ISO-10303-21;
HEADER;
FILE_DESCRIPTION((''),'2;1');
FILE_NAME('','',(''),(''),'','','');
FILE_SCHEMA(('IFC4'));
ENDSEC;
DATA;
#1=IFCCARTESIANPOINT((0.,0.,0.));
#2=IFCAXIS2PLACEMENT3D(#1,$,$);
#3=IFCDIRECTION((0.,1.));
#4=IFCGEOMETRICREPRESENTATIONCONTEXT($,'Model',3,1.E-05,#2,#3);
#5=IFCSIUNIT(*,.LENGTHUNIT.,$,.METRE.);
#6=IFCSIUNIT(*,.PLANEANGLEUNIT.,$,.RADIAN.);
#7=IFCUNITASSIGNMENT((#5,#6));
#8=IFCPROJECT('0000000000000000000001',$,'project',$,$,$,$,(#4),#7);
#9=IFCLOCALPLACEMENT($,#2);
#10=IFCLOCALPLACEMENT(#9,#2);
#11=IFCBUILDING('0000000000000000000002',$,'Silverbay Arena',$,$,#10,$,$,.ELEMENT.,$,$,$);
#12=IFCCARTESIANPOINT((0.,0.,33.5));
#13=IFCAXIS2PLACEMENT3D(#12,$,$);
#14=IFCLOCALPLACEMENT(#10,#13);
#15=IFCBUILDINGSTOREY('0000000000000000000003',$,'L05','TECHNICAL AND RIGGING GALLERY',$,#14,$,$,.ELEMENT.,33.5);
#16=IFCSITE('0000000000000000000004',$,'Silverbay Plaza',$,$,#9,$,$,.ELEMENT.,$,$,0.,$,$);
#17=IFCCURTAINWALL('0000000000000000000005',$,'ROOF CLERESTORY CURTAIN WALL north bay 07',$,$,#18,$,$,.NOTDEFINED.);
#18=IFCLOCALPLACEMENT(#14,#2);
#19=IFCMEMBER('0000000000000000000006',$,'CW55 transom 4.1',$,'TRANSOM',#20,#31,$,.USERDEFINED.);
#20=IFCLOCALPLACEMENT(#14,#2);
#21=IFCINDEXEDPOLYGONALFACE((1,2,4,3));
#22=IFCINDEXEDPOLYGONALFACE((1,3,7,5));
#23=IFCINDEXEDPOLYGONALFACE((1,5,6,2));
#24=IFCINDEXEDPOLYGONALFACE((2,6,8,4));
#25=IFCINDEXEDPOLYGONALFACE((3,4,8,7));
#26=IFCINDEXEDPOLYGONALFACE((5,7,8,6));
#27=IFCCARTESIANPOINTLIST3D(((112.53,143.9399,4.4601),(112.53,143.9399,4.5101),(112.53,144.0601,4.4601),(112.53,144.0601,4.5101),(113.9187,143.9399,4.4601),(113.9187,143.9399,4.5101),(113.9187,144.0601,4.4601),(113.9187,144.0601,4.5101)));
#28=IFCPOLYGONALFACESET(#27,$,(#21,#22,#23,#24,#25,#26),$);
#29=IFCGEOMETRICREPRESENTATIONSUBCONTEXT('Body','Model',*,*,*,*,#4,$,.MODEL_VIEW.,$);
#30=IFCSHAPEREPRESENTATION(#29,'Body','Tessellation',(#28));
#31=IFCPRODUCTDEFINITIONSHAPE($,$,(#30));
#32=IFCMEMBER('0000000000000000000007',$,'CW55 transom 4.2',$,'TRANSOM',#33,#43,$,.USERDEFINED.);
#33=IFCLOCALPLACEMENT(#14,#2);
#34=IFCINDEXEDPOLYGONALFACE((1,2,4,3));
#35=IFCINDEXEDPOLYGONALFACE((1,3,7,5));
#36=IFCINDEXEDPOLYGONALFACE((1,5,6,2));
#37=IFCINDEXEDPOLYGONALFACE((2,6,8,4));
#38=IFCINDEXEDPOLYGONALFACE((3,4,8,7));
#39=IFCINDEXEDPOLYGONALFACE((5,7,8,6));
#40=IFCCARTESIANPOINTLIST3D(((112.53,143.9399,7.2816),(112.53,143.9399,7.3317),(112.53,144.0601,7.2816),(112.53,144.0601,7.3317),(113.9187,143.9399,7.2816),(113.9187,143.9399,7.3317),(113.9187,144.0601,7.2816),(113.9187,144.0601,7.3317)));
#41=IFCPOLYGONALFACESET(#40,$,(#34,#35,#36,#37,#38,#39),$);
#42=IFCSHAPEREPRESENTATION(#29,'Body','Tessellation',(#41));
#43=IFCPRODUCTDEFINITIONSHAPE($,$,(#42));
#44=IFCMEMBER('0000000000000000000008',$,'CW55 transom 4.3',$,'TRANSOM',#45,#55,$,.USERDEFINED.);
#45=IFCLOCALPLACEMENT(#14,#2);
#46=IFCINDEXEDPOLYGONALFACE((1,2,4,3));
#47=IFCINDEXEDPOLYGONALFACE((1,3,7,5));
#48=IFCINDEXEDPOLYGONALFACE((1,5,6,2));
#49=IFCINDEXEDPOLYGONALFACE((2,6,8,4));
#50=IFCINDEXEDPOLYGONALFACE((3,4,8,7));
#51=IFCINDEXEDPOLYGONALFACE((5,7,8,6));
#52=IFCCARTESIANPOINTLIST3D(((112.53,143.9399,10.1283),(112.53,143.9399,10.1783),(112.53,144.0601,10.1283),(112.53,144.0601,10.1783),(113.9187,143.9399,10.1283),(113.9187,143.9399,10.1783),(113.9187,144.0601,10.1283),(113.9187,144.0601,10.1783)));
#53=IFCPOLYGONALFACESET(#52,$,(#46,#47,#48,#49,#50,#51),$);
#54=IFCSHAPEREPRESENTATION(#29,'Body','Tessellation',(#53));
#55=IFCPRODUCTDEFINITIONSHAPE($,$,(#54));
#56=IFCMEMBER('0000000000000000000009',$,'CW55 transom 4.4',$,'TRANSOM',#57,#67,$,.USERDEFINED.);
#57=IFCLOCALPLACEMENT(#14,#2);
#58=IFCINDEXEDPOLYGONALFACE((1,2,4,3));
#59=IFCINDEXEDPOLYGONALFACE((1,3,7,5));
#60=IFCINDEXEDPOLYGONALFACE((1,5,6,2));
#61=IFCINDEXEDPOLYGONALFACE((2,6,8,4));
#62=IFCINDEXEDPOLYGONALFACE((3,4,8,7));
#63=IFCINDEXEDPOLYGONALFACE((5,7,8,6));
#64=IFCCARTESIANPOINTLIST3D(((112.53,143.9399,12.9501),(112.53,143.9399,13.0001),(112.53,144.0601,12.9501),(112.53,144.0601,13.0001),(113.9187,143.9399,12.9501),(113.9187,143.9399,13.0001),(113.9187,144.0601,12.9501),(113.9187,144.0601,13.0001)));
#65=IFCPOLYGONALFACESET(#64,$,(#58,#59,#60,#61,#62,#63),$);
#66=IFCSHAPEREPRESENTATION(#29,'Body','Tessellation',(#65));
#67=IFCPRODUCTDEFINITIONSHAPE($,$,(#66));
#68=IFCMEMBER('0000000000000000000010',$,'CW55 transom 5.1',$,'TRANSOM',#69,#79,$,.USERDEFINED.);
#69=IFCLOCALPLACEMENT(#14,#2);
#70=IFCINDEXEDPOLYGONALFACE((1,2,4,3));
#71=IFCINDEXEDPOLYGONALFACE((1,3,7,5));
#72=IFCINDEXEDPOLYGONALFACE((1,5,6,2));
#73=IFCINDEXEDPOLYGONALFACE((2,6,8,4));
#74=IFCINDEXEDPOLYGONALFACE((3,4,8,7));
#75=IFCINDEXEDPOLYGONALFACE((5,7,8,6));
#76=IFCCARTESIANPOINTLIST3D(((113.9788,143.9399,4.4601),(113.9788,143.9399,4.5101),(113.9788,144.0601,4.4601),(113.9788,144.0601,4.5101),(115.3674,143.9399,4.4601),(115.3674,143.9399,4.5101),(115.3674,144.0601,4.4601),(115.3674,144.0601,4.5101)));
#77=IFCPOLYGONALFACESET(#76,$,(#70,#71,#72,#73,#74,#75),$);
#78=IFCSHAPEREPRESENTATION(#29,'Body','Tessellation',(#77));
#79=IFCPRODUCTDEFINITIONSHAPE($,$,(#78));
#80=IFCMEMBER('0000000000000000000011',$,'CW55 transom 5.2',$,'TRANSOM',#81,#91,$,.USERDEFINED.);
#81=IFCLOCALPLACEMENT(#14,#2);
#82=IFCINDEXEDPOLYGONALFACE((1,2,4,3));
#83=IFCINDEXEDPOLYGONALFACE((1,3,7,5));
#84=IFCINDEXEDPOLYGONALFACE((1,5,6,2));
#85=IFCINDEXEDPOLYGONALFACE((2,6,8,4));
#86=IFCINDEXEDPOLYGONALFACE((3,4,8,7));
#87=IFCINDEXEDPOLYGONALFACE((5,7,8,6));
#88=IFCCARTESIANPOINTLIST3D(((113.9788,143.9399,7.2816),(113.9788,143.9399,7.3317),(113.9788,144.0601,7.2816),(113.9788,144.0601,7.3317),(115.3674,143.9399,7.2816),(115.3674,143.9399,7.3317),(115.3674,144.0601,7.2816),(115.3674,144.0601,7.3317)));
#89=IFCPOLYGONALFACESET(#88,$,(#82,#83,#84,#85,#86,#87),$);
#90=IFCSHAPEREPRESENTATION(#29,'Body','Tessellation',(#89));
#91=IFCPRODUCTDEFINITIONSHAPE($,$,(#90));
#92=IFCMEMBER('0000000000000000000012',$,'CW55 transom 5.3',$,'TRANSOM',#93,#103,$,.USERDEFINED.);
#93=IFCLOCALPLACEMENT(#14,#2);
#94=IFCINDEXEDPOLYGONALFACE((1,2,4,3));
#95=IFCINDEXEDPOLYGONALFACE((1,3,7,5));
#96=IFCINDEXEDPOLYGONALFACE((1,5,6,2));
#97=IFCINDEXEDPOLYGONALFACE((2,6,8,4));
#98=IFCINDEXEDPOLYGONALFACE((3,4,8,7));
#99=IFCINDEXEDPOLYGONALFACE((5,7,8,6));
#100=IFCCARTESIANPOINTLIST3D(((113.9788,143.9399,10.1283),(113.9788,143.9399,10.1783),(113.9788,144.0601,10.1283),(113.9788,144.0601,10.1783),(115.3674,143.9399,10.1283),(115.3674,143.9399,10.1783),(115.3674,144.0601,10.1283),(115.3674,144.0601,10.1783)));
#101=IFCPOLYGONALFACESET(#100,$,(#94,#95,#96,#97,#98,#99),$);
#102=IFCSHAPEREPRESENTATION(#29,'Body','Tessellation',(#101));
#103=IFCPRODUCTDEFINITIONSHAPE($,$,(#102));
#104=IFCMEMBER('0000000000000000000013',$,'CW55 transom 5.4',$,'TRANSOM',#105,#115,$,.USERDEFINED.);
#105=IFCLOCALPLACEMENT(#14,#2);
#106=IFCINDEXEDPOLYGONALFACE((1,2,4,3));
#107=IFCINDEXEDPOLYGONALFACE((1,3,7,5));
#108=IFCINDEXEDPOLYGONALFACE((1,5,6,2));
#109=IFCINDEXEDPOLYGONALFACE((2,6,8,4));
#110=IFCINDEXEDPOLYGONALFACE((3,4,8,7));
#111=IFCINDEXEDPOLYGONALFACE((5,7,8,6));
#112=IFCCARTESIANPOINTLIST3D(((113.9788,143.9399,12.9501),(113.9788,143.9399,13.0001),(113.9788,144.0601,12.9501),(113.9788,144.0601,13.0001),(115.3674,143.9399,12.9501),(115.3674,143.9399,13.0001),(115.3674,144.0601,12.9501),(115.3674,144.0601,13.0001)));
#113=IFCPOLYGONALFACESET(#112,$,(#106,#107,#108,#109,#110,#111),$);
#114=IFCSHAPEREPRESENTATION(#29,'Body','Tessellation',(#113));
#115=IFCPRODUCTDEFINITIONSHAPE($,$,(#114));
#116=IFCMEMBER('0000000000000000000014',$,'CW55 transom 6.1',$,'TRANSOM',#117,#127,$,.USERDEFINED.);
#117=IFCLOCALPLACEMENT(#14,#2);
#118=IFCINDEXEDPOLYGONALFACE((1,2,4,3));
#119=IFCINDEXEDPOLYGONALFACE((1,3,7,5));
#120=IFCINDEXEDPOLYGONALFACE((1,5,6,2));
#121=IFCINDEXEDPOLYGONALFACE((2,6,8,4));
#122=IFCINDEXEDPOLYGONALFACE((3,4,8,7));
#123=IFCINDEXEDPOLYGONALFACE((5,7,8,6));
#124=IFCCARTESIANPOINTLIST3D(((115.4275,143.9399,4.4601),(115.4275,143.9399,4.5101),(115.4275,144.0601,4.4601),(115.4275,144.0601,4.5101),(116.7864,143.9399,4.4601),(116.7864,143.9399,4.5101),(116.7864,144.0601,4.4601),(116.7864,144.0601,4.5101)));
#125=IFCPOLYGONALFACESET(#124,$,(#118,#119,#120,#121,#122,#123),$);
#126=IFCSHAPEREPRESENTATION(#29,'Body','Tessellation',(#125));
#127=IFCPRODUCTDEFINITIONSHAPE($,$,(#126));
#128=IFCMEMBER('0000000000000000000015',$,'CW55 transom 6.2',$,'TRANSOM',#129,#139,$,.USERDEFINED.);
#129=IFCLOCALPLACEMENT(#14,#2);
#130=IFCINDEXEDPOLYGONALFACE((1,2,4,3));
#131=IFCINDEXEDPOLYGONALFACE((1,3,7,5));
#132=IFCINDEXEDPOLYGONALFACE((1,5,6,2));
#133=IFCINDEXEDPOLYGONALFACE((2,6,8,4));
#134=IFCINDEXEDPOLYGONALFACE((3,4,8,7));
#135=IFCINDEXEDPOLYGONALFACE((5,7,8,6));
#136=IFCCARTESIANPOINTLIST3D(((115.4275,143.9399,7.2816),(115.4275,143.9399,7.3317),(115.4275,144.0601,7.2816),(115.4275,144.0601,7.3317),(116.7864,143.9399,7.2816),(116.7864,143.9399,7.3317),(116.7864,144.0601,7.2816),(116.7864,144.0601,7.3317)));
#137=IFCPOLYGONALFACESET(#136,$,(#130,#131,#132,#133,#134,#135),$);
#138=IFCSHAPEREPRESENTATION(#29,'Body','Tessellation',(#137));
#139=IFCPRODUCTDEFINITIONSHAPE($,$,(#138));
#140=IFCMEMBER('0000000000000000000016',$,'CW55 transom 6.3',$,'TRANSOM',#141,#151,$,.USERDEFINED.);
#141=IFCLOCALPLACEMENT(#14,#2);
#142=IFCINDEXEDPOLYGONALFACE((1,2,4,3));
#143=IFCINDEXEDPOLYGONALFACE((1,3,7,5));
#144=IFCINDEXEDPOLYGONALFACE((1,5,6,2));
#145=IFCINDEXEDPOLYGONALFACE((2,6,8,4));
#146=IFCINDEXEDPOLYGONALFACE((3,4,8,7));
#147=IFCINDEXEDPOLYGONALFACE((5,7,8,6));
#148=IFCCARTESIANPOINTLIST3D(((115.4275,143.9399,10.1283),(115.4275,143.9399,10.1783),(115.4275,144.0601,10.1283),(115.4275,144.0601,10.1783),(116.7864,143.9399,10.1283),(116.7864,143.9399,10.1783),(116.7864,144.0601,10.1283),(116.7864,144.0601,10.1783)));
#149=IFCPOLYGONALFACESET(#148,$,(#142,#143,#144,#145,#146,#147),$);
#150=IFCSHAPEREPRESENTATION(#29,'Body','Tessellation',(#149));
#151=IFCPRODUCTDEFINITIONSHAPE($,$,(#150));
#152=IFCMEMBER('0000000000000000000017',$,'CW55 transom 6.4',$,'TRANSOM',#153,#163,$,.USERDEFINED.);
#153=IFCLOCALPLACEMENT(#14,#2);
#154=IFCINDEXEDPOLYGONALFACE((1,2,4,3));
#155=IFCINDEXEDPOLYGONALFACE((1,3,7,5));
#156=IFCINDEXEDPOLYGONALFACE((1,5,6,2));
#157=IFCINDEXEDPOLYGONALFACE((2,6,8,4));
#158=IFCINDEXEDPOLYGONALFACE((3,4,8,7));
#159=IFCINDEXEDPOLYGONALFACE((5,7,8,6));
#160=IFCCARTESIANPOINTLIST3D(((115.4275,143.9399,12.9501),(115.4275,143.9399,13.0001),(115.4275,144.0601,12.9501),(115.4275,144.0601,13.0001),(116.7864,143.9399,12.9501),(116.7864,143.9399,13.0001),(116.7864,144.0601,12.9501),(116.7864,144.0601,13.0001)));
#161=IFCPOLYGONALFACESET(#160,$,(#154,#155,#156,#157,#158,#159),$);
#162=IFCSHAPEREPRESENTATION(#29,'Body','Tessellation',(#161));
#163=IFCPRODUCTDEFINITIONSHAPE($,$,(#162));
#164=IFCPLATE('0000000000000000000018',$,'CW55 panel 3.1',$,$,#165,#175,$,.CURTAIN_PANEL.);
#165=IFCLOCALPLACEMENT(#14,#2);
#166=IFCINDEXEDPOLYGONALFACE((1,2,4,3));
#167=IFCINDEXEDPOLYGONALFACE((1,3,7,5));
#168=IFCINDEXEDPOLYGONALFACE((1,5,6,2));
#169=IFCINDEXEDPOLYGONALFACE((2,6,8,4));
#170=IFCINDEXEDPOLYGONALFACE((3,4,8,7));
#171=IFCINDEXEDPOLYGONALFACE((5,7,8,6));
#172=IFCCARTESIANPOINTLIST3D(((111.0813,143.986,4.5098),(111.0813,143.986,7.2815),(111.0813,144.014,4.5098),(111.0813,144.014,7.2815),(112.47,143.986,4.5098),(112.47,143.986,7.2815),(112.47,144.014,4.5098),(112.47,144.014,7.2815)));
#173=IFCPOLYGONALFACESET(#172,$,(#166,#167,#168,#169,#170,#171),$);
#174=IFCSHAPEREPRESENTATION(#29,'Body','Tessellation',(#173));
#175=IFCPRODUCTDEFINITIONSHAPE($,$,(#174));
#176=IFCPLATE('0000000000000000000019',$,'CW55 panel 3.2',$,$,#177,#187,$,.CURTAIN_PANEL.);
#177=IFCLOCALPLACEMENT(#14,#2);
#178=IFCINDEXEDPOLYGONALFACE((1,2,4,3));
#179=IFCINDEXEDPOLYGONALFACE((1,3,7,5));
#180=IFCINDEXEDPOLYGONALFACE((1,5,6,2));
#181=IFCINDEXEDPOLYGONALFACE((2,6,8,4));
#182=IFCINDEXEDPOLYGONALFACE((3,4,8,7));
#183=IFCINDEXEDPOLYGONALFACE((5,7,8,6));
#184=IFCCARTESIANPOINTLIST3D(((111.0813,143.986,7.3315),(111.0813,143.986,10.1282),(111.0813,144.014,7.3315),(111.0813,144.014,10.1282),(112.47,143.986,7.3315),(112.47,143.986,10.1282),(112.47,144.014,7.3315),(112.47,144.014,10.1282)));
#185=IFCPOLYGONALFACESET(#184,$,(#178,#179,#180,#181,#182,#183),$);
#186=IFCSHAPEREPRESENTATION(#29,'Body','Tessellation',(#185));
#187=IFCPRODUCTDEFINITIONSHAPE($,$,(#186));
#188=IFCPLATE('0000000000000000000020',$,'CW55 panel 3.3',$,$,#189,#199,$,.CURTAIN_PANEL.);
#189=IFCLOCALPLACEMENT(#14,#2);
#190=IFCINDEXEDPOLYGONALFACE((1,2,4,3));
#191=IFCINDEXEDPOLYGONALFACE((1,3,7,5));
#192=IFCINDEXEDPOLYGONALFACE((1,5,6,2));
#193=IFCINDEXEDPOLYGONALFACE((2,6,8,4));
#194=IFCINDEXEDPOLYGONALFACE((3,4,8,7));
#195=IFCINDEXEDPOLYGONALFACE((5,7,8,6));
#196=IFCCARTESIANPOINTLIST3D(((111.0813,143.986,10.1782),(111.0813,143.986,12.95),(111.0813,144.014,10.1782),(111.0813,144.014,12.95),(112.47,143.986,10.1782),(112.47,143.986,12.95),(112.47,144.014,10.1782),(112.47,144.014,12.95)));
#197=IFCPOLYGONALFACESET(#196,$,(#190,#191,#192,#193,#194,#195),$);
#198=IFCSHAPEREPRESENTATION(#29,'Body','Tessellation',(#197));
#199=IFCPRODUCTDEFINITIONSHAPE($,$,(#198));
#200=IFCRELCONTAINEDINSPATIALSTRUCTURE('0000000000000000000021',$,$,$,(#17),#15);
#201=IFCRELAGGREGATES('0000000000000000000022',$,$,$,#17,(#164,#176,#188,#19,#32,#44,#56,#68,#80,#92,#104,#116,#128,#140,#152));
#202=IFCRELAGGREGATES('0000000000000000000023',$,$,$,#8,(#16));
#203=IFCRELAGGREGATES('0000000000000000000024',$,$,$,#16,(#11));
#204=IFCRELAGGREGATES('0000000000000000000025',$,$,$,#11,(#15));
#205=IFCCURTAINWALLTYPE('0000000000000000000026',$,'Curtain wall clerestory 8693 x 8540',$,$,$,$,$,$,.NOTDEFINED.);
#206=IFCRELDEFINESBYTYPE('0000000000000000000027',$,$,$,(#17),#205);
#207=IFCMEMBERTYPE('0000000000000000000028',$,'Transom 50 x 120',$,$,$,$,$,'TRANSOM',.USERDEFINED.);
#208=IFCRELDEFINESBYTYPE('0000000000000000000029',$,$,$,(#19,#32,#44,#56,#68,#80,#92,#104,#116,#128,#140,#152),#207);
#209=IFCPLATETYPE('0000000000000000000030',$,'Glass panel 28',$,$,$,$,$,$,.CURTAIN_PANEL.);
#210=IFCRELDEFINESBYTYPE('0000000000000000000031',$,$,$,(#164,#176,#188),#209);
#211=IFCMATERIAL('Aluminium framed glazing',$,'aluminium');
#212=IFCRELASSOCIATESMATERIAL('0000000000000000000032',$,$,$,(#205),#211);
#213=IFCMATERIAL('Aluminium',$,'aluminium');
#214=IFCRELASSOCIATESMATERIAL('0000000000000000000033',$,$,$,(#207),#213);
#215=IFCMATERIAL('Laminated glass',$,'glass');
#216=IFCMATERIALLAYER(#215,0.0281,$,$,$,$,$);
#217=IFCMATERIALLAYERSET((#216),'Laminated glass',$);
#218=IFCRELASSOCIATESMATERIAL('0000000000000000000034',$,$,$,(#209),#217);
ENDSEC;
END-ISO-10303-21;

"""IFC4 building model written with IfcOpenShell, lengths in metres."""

from ifc_helpers import new_model, si_unit, direction, frame, origin, origin_2d, place, context, subcontext, project, spatial, rectangle, extrude, material, layer, layer_set, material_profile, profile_set, type_object, element, aggregate, save


model = new_model("IFC4")

# Units and contexts
model_context = context("Model", 3, precision=1e-05, world=origin(), true_north=direction((0.0, 1.0)))
body_context = subcontext(model_context, "Body", "Model", "MODEL_VIEW")
ifc_project = project(units=[si_unit("LENGTHUNIT", "METRE"), si_unit("PLANEANGLEUNIT", "RADIAN")], contexts=[model_context])

# Site, building, storey
site_placement = place(None, origin())
site = spatial("IfcSite", under=ifc_project, at=site_placement, Name="Silverbay Plaza", CompositionType="ELEMENT", RefElevation=0.0)
building_placement = place(site_placement, origin())
building = spatial("IfcBuilding", under=site, at=building_placement, Name="Silverbay Arena", CompositionType="ELEMENT")
storey_placement = place(building_placement, frame((0.0, 0.0, 33.5)))
storey = spatial("IfcBuildingStorey", under=building, at=storey_placement, Name="L05", Description="TECHNICAL AND RIGGING GALLERY", CompositionType="ELEMENT", Elevation=33.5)

# Curtain wall
ifc_material_1 = material(Name="Aluminium framed glazing", Category="aluminium")
curtain_wall_type = type_object("IfcCurtainWallType", Name="Curtain wall clerestory 8693 x 8540", PredefinedType="NOTDEFINED", material=ifc_material_1)
curtain_wall_placement = place(storey_placement, origin())
curtain_wall = element("IfcCurtainWall", 1, at=curtain_wall_placement, inside=storey, type_object=curtain_wall_type, Name="ROOF CLERESTORY CURTAIN WALL north bay 07", PredefinedType="NOTDEFINED")

# Members
ifc_material_2 = material(Name="Aluminium", Category="aluminium")
ifc_material_profile_1 = material_profile(ifc_material_2, rectangle(XDim=0.1201, YDim=0.05, at=origin_2d()), Name="Transom 50 x 120")
ifc_profile_set_1 = profile_set([ifc_material_profile_1], Name="Aluminium")
member_type_1 = type_object("IfcMemberType", Name="Transom 50 x 120", ElementType="TRANSOM", PredefinedType="USERDEFINED", material=ifc_profile_set_1)
member_1_placement = place(storey_placement, frame((112.53, 144.0, 4.4851), z_axis=(1.0, 0.0, 0.0), x_axis=(0.0, 1.0, 0.0)))
member_1 = element("IfcMember", 2, at=member_1_placement, type_object=member_type_1, Name="CW55 transom 4.1", ObjectType="TRANSOM", PredefinedType="USERDEFINED", context=body_context, shape_type="SweptSolid", body=[
    extrude(rectangle(XDim=0.1201, YDim=0.05, at=origin_2d()), origin(), (0.0, 0.0, 1.0), 1.3887),
])
member_2_placement = place(storey_placement, frame((112.53, 144.0, 7.3066), z_axis=(1.0, 0.0, 0.0), x_axis=(0.0, 1.0, 0.0)))
member_2 = element("IfcMember", 3, at=member_2_placement, type_object=member_type_1, Name="CW55 transom 4.2", ObjectType="TRANSOM", PredefinedType="USERDEFINED", context=body_context, shape_type="SweptSolid", body=[
    extrude(rectangle(XDim=0.1201, YDim=0.05, at=origin_2d()), origin(), (0.0, 0.0, 1.0), 1.3887),
])
member_3_placement = place(storey_placement, frame((112.53, 144.0, 10.1533), z_axis=(1.0, 0.0, 0.0), x_axis=(0.0, 1.0, 0.0)))
member_3 = element("IfcMember", 4, at=member_3_placement, type_object=member_type_1, Name="CW55 transom 4.3", ObjectType="TRANSOM", PredefinedType="USERDEFINED", context=body_context, shape_type="SweptSolid", body=[
    extrude(rectangle(XDim=0.1201, YDim=0.05, at=origin_2d()), origin(), (0.0, 0.0, 1.0), 1.3887),
])
member_4_placement = place(storey_placement, frame((112.53, 144.0, 12.9751), z_axis=(1.0, 0.0, 0.0), x_axis=(0.0, 1.0, 0.0)))
member_4 = element("IfcMember", 5, at=member_4_placement, type_object=member_type_1, Name="CW55 transom 4.4", ObjectType="TRANSOM", PredefinedType="USERDEFINED", context=body_context, shape_type="SweptSolid", body=[
    extrude(rectangle(XDim=0.1201, YDim=0.05, at=origin_2d()), origin(), (0.0, 0.0, 1.0), 1.3887),
])
member_5_placement = place(storey_placement, frame((113.9788, 144.0, 4.4851), z_axis=(1.0, 0.0, 0.0), x_axis=(0.0, 1.0, 0.0)))
member_5 = element("IfcMember", 6, at=member_5_placement, type_object=member_type_1, Name="CW55 transom 5.1", ObjectType="TRANSOM", PredefinedType="USERDEFINED", context=body_context, shape_type="SweptSolid", body=[
    extrude(rectangle(XDim=0.1201, YDim=0.05, at=origin_2d()), origin(), (0.0, 0.0, 1.0), 1.3887),
])
member_6_placement = place(storey_placement, frame((113.9788, 144.0, 7.3066), z_axis=(1.0, 0.0, 0.0), x_axis=(0.0, 1.0, 0.0)))
member_6 = element("IfcMember", 7, at=member_6_placement, type_object=member_type_1, Name="CW55 transom 5.2", ObjectType="TRANSOM", PredefinedType="USERDEFINED", context=body_context, shape_type="SweptSolid", body=[
    extrude(rectangle(XDim=0.1201, YDim=0.05, at=origin_2d()), origin(), (0.0, 0.0, 1.0), 1.3887),
])
member_7_placement = place(storey_placement, frame((113.9788, 144.0, 10.1533), z_axis=(1.0, 0.0, 0.0), x_axis=(0.0, 1.0, 0.0)))
member_7 = element("IfcMember", 8, at=member_7_placement, type_object=member_type_1, Name="CW55 transom 5.3", ObjectType="TRANSOM", PredefinedType="USERDEFINED", context=body_context, shape_type="SweptSolid", body=[
    extrude(rectangle(XDim=0.1201, YDim=0.05, at=origin_2d()), origin(), (0.0, 0.0, 1.0), 1.3887),
])
member_8_placement = place(storey_placement, frame((113.9788, 144.0, 12.9751), z_axis=(1.0, 0.0, 0.0), x_axis=(0.0, 1.0, 0.0)))
member_8 = element("IfcMember", 9, at=member_8_placement, type_object=member_type_1, Name="CW55 transom 5.4", ObjectType="TRANSOM", PredefinedType="USERDEFINED", context=body_context, shape_type="SweptSolid", body=[
    extrude(rectangle(XDim=0.1201, YDim=0.05, at=origin_2d()), origin(), (0.0, 0.0, 1.0), 1.3887),
])
member_9_placement = place(storey_placement, frame((115.4275, 144.0, 4.4851), z_axis=(1.0, 0.0, 0.0), x_axis=(0.0, 1.0, 0.0)))
member_9 = element("IfcMember", 10, at=member_9_placement, type_object=member_type_1, Name="CW55 transom 6.1", ObjectType="TRANSOM", PredefinedType="USERDEFINED", context=body_context, shape_type="SweptSolid", body=[
    extrude(rectangle(XDim=0.1201, YDim=0.05, at=origin_2d()), origin(), (0.0, 0.0, 1.0), 1.3589),
])
member_10_placement = place(storey_placement, frame((115.4275, 144.0, 7.3066), z_axis=(1.0, 0.0, 0.0), x_axis=(0.0, 1.0, 0.0)))
member_10 = element("IfcMember", 11, at=member_10_placement, type_object=member_type_1, Name="CW55 transom 6.2", ObjectType="TRANSOM", PredefinedType="USERDEFINED", context=body_context, shape_type="SweptSolid", body=[
    extrude(rectangle(XDim=0.1201, YDim=0.05, at=origin_2d()), origin(), (0.0, 0.0, 1.0), 1.3589),
])
member_11_placement = place(storey_placement, frame((115.4275, 144.0, 10.1533), z_axis=(1.0, 0.0, 0.0), x_axis=(0.0, 1.0, 0.0)))
member_11 = element("IfcMember", 12, at=member_11_placement, type_object=member_type_1, Name="CW55 transom 6.3", ObjectType="TRANSOM", PredefinedType="USERDEFINED", context=body_context, shape_type="SweptSolid", body=[
    extrude(rectangle(XDim=0.1201, YDim=0.05, at=origin_2d()), origin(), (0.0, 0.0, 1.0), 1.3589),
])
member_12_placement = place(storey_placement, frame((115.4275, 144.0, 12.9751), z_axis=(1.0, 0.0, 0.0), x_axis=(0.0, 1.0, 0.0)))
member_12 = element("IfcMember", 13, at=member_12_placement, type_object=member_type_1, Name="CW55 transom 6.4", ObjectType="TRANSOM", PredefinedType="USERDEFINED", context=body_context, shape_type="SweptSolid", body=[
    extrude(rectangle(XDim=0.1201, YDim=0.05, at=origin_2d()), origin(), (0.0, 0.0, 1.0), 1.3589),
])

# Plates
ifc_material_3 = material(Name="Laminated glass", Category="glass")
ifc_layer = layer(ifc_material_3, 0.0281)
ifc_layer_set = layer_set([ifc_layer], Name="Laminated glass")
plate_type = type_object("IfcPlateType", Name="Glass panel 28", PredefinedType="CURTAIN_PANEL", material=ifc_layer_set)
plate_1_placement = place(storey_placement, frame((111.7756, 144.0, 4.5098), z_axis=(0.0, 0.0, 1.0), x_axis=(1.0, 0.0, 0.0)))
plate_1 = element("IfcPlate", 14, at=plate_1_placement, type_object=plate_type, Name="CW55 panel 3.1", PredefinedType="CURTAIN_PANEL", context=body_context, shape_type="SweptSolid", body=[
    extrude(rectangle(XDim=1.3887, YDim=0.0281, at=origin_2d()), origin(), (0.0, 0.0, 1.0), 2.7717),
])
plate_2_placement = place(storey_placement, frame((111.7756, 144.0, 7.3315), z_axis=(0.0, 0.0, 1.0), x_axis=(1.0, 0.0, 0.0)))
plate_2 = element("IfcPlate", 15, at=plate_2_placement, type_object=plate_type, Name="CW55 panel 3.2", PredefinedType="CURTAIN_PANEL", context=body_context, shape_type="SweptSolid", body=[
    extrude(rectangle(XDim=1.3887, YDim=0.0281, at=origin_2d()), origin(), (0.0, 0.0, 1.0), 2.7966),
])
plate_3_placement = place(storey_placement, frame((111.7756, 144.0, 10.1782), z_axis=(0.0, 0.0, 1.0), x_axis=(1.0, 0.0, 0.0)))
plate_3 = element("IfcPlate", 16, at=plate_3_placement, type_object=plate_type, Name="CW55 panel 3.3", PredefinedType="CURTAIN_PANEL", context=body_context, shape_type="SweptSolid", body=[
    extrude(rectangle(XDim=1.3887, YDim=0.0281, at=origin_2d()), origin(), (0.0, 0.0, 1.0), 2.7717),
])
aggregate(curtain_wall, [plate_1, plate_2, plate_3, member_1, member_2, member_3, member_4, member_5, member_6, member_7, member_8, member_9, member_10, member_11, member_12])

save(model, "model.ifc")
